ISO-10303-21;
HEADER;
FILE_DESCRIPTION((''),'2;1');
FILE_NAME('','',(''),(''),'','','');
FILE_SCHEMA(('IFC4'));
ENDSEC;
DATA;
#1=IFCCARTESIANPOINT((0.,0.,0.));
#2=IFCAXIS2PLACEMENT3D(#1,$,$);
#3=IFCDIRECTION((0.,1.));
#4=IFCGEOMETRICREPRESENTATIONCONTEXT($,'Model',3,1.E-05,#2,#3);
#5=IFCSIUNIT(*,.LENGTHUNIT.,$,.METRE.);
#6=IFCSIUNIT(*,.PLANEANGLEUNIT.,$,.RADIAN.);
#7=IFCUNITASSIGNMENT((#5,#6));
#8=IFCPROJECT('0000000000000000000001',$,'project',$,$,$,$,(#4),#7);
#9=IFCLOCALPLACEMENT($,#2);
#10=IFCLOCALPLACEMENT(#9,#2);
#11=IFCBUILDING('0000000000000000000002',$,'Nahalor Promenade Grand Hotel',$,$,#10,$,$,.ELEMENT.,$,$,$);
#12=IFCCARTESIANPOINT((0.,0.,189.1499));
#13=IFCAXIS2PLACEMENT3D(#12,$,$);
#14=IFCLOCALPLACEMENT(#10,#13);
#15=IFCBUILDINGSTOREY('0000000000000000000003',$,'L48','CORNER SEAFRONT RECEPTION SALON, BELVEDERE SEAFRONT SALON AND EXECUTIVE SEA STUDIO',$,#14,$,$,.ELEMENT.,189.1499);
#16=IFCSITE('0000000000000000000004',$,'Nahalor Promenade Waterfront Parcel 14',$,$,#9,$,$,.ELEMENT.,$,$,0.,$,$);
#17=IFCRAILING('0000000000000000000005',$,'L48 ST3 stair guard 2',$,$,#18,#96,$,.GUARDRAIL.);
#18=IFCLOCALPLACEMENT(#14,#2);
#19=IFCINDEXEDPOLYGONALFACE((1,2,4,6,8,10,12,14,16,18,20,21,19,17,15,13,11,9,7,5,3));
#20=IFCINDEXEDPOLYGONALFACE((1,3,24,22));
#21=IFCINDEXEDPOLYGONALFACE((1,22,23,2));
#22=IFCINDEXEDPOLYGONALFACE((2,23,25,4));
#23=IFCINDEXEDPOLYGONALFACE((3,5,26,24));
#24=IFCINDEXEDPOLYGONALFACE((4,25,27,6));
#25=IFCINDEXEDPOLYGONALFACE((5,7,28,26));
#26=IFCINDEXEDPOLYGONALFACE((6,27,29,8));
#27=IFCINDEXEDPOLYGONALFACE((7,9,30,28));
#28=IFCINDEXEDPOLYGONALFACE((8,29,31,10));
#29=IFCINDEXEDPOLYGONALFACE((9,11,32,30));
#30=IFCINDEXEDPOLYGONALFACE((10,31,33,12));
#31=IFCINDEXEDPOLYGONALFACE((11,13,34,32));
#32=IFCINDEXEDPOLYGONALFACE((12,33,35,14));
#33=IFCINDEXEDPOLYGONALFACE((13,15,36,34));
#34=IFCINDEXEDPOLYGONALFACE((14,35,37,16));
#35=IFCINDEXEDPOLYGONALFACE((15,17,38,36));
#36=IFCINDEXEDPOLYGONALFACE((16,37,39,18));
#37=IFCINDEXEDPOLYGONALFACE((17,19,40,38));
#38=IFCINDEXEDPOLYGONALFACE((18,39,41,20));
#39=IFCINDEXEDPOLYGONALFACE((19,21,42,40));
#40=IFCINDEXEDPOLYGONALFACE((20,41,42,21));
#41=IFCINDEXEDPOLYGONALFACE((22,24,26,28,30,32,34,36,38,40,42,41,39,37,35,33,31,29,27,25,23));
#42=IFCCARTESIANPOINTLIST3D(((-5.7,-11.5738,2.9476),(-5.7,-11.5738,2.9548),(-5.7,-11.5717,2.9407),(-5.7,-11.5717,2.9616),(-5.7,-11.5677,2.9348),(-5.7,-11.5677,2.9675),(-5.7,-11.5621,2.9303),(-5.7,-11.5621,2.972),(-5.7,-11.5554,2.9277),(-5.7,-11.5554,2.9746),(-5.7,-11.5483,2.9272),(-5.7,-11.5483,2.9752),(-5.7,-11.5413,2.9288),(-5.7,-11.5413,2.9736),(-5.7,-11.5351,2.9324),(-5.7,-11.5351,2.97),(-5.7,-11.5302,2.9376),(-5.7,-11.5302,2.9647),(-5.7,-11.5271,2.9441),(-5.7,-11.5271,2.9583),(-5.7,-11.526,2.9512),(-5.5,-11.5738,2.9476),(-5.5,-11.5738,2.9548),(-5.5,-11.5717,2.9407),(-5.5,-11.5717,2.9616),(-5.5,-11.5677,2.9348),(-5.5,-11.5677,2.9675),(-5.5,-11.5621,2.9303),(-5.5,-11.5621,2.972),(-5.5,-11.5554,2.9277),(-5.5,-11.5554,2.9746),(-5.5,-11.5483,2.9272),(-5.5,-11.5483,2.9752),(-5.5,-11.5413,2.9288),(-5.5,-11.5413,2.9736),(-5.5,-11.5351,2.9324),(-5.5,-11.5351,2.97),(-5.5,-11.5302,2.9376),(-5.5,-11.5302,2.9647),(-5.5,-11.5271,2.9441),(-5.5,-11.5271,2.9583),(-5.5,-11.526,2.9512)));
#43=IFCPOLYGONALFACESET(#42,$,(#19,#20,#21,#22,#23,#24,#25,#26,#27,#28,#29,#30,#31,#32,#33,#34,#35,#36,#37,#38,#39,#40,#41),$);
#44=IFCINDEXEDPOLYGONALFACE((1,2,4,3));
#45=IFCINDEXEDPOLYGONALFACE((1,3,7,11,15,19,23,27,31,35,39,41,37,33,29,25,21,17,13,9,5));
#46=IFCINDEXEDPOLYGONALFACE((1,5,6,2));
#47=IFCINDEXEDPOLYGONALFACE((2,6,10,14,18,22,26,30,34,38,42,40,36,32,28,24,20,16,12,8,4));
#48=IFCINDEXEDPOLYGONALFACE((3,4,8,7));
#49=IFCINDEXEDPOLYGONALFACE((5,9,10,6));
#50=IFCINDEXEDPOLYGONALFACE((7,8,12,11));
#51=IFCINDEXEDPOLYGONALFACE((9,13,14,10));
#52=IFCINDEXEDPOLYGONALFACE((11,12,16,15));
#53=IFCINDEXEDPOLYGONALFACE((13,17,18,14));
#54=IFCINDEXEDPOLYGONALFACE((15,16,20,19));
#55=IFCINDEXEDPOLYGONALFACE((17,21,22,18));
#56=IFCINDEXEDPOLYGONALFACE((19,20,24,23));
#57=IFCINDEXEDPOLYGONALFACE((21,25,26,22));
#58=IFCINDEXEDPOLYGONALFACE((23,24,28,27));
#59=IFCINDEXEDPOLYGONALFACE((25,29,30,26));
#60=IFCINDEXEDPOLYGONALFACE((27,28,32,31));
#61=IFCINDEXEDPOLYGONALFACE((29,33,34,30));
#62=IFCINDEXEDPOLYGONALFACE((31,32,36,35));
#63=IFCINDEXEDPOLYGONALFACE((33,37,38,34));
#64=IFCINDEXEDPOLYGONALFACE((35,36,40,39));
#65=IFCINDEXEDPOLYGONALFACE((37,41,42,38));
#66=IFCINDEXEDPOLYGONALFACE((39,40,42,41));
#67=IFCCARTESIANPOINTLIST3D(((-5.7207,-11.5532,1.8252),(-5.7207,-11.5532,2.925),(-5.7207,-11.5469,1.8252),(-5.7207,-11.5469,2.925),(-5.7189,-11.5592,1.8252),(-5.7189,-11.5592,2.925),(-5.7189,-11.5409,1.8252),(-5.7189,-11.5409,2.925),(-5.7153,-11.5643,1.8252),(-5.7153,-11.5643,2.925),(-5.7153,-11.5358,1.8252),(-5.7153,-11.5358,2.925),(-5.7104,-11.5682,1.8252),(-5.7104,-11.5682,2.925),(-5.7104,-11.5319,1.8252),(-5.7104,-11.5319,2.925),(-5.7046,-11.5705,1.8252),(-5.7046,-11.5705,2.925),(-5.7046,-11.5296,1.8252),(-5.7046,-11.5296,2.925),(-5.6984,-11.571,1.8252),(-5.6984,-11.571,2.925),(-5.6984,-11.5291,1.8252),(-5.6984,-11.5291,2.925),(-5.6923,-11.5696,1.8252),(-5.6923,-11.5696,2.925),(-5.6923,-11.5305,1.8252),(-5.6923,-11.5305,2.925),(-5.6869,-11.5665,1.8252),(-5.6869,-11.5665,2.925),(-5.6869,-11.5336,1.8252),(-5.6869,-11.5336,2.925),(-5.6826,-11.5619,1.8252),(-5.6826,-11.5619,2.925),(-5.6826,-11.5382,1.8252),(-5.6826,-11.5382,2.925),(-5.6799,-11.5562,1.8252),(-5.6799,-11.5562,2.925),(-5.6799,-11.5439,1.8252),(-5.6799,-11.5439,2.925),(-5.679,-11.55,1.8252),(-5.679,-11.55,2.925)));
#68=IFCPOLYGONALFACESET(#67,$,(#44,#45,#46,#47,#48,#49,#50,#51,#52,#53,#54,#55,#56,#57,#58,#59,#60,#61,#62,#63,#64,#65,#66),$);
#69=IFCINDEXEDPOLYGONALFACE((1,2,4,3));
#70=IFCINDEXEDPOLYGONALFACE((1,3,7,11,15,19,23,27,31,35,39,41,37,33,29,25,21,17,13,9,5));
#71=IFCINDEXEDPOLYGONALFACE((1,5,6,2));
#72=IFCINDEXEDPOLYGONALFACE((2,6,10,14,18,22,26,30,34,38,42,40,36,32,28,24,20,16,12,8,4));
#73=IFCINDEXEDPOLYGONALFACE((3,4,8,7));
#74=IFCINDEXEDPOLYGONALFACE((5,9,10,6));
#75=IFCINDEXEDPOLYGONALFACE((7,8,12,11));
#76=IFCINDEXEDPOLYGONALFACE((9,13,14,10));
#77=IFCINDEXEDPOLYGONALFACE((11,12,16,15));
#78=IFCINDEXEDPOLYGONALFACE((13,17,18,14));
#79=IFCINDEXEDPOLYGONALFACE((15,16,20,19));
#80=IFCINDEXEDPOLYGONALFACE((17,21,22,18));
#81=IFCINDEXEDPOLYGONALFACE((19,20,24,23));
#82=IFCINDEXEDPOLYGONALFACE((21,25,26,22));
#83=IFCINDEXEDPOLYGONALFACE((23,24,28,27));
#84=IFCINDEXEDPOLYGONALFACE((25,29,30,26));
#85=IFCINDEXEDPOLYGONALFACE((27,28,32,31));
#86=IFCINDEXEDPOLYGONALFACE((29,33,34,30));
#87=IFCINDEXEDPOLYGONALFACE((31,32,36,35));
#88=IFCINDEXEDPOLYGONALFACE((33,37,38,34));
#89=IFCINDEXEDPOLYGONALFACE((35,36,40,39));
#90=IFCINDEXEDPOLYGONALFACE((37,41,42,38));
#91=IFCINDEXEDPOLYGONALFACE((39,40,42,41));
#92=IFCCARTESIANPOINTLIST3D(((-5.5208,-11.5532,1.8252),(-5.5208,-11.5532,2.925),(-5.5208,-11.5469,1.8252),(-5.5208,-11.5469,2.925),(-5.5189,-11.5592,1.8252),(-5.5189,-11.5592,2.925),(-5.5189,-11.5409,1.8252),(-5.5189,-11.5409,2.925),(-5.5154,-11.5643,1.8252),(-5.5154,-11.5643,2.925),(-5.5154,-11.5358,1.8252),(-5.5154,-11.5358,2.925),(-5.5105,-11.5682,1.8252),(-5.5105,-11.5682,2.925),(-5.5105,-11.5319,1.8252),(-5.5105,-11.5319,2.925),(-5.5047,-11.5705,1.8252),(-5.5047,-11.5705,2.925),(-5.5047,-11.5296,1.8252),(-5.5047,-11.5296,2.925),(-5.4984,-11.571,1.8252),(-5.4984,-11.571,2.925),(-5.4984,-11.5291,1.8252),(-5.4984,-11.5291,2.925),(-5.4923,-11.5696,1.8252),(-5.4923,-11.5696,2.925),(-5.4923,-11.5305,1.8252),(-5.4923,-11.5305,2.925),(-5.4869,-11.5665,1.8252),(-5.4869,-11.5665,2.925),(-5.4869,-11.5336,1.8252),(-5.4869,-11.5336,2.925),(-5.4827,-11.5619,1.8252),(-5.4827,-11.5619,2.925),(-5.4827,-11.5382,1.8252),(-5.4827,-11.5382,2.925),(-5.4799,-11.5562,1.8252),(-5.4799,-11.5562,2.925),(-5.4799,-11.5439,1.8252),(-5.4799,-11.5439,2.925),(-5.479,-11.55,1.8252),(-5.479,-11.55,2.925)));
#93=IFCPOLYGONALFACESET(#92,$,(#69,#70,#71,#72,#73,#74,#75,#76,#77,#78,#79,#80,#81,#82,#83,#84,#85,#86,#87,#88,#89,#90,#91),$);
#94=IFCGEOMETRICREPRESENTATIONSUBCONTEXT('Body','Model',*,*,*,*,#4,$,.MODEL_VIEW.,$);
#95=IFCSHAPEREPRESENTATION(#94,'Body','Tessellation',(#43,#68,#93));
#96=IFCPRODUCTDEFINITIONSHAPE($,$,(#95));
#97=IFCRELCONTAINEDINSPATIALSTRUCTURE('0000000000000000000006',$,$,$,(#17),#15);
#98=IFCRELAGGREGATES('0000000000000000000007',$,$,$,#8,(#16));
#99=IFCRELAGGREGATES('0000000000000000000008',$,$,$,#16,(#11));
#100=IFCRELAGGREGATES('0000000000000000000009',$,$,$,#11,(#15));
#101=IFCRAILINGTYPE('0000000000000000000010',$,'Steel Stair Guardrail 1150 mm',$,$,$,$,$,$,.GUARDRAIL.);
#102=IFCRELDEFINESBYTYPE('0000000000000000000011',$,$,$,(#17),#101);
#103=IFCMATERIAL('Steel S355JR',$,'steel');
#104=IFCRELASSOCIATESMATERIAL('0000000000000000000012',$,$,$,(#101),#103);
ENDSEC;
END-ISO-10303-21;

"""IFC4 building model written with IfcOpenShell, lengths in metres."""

from ifc_helpers import new_model, si_unit, direction, frame, origin, origin_2d, place, context, subcontext, project, spatial, circle, extrude, material, type_object, element, save


model = new_model("IFC4")

# Units and contexts
model_context = context("Model", 3, precision=1e-05, world=origin(), true_north=direction((0.0, 1.0)))
body_context = subcontext(model_context, "Body", "Model", "MODEL_VIEW")
ifc_project = project(units=[si_unit("LENGTHUNIT", "METRE"), si_unit("PLANEANGLEUNIT", "RADIAN")], contexts=[model_context])

# Site, building, storey
site_placement = place(None, origin())
site = spatial("IfcSite", under=ifc_project, at=site_placement, Name="Nahalor Promenade Waterfront Parcel 14", CompositionType="ELEMENT", RefElevation=0.0)
building_placement = place(site_placement, origin())
building = spatial("IfcBuilding", under=site, at=building_placement, Name="Nahalor Promenade Grand Hotel", CompositionType="ELEMENT")
storey_placement = place(building_placement, frame((0.0, 0.0, 189.1499)))
storey = spatial("IfcBuildingStorey", under=building, at=storey_placement, Name="L48", Description="CORNER SEAFRONT RECEPTION SALON, BELVEDERE SEAFRONT SALON AND EXECUTIVE SEA STUDIO", CompositionType="ELEMENT", Elevation=189.1499)

# Shared definitions
ifc_material_1 = material(Name="Steel S355JR", Category="steel")

# Railing
railing_type_1 = type_object("IfcRailingType", Name="Steel Stair Guardrail 1150 mm", PredefinedType="GUARDRAIL", material=ifc_material_1)
railing_1_placement = place(storey_placement, frame((-5.7, -11.55, 1.8252)))
element("IfcRailing", 1, at=railing_1_placement, inside=storey, type_object=railing_type_1, Name="L48 ST3 stair guard 2", PredefinedType="GUARDRAIL", context=body_context, shape_type="SweptSolid", body=[
    extrude(circle(Radius=0.024, at=origin_2d()), frame((0.0, 0.0, 1.126), z_axis=(1.0, 0.0, 0.0), x_axis=(0.0, 1.0, 0.0)), (0.0, 0.0, 1.0), 0.2),
    extrude(circle(Radius=0.021, at=origin_2d()), origin(), (0.0, 0.0, 1.0), 1.0999),
    extrude(circle(Radius=0.021, at=origin_2d()), frame((0.2, 0.0, 0.0)), (0.0, 0.0, 1.0), 1.0999),
])

save(model, "model.ifc")
